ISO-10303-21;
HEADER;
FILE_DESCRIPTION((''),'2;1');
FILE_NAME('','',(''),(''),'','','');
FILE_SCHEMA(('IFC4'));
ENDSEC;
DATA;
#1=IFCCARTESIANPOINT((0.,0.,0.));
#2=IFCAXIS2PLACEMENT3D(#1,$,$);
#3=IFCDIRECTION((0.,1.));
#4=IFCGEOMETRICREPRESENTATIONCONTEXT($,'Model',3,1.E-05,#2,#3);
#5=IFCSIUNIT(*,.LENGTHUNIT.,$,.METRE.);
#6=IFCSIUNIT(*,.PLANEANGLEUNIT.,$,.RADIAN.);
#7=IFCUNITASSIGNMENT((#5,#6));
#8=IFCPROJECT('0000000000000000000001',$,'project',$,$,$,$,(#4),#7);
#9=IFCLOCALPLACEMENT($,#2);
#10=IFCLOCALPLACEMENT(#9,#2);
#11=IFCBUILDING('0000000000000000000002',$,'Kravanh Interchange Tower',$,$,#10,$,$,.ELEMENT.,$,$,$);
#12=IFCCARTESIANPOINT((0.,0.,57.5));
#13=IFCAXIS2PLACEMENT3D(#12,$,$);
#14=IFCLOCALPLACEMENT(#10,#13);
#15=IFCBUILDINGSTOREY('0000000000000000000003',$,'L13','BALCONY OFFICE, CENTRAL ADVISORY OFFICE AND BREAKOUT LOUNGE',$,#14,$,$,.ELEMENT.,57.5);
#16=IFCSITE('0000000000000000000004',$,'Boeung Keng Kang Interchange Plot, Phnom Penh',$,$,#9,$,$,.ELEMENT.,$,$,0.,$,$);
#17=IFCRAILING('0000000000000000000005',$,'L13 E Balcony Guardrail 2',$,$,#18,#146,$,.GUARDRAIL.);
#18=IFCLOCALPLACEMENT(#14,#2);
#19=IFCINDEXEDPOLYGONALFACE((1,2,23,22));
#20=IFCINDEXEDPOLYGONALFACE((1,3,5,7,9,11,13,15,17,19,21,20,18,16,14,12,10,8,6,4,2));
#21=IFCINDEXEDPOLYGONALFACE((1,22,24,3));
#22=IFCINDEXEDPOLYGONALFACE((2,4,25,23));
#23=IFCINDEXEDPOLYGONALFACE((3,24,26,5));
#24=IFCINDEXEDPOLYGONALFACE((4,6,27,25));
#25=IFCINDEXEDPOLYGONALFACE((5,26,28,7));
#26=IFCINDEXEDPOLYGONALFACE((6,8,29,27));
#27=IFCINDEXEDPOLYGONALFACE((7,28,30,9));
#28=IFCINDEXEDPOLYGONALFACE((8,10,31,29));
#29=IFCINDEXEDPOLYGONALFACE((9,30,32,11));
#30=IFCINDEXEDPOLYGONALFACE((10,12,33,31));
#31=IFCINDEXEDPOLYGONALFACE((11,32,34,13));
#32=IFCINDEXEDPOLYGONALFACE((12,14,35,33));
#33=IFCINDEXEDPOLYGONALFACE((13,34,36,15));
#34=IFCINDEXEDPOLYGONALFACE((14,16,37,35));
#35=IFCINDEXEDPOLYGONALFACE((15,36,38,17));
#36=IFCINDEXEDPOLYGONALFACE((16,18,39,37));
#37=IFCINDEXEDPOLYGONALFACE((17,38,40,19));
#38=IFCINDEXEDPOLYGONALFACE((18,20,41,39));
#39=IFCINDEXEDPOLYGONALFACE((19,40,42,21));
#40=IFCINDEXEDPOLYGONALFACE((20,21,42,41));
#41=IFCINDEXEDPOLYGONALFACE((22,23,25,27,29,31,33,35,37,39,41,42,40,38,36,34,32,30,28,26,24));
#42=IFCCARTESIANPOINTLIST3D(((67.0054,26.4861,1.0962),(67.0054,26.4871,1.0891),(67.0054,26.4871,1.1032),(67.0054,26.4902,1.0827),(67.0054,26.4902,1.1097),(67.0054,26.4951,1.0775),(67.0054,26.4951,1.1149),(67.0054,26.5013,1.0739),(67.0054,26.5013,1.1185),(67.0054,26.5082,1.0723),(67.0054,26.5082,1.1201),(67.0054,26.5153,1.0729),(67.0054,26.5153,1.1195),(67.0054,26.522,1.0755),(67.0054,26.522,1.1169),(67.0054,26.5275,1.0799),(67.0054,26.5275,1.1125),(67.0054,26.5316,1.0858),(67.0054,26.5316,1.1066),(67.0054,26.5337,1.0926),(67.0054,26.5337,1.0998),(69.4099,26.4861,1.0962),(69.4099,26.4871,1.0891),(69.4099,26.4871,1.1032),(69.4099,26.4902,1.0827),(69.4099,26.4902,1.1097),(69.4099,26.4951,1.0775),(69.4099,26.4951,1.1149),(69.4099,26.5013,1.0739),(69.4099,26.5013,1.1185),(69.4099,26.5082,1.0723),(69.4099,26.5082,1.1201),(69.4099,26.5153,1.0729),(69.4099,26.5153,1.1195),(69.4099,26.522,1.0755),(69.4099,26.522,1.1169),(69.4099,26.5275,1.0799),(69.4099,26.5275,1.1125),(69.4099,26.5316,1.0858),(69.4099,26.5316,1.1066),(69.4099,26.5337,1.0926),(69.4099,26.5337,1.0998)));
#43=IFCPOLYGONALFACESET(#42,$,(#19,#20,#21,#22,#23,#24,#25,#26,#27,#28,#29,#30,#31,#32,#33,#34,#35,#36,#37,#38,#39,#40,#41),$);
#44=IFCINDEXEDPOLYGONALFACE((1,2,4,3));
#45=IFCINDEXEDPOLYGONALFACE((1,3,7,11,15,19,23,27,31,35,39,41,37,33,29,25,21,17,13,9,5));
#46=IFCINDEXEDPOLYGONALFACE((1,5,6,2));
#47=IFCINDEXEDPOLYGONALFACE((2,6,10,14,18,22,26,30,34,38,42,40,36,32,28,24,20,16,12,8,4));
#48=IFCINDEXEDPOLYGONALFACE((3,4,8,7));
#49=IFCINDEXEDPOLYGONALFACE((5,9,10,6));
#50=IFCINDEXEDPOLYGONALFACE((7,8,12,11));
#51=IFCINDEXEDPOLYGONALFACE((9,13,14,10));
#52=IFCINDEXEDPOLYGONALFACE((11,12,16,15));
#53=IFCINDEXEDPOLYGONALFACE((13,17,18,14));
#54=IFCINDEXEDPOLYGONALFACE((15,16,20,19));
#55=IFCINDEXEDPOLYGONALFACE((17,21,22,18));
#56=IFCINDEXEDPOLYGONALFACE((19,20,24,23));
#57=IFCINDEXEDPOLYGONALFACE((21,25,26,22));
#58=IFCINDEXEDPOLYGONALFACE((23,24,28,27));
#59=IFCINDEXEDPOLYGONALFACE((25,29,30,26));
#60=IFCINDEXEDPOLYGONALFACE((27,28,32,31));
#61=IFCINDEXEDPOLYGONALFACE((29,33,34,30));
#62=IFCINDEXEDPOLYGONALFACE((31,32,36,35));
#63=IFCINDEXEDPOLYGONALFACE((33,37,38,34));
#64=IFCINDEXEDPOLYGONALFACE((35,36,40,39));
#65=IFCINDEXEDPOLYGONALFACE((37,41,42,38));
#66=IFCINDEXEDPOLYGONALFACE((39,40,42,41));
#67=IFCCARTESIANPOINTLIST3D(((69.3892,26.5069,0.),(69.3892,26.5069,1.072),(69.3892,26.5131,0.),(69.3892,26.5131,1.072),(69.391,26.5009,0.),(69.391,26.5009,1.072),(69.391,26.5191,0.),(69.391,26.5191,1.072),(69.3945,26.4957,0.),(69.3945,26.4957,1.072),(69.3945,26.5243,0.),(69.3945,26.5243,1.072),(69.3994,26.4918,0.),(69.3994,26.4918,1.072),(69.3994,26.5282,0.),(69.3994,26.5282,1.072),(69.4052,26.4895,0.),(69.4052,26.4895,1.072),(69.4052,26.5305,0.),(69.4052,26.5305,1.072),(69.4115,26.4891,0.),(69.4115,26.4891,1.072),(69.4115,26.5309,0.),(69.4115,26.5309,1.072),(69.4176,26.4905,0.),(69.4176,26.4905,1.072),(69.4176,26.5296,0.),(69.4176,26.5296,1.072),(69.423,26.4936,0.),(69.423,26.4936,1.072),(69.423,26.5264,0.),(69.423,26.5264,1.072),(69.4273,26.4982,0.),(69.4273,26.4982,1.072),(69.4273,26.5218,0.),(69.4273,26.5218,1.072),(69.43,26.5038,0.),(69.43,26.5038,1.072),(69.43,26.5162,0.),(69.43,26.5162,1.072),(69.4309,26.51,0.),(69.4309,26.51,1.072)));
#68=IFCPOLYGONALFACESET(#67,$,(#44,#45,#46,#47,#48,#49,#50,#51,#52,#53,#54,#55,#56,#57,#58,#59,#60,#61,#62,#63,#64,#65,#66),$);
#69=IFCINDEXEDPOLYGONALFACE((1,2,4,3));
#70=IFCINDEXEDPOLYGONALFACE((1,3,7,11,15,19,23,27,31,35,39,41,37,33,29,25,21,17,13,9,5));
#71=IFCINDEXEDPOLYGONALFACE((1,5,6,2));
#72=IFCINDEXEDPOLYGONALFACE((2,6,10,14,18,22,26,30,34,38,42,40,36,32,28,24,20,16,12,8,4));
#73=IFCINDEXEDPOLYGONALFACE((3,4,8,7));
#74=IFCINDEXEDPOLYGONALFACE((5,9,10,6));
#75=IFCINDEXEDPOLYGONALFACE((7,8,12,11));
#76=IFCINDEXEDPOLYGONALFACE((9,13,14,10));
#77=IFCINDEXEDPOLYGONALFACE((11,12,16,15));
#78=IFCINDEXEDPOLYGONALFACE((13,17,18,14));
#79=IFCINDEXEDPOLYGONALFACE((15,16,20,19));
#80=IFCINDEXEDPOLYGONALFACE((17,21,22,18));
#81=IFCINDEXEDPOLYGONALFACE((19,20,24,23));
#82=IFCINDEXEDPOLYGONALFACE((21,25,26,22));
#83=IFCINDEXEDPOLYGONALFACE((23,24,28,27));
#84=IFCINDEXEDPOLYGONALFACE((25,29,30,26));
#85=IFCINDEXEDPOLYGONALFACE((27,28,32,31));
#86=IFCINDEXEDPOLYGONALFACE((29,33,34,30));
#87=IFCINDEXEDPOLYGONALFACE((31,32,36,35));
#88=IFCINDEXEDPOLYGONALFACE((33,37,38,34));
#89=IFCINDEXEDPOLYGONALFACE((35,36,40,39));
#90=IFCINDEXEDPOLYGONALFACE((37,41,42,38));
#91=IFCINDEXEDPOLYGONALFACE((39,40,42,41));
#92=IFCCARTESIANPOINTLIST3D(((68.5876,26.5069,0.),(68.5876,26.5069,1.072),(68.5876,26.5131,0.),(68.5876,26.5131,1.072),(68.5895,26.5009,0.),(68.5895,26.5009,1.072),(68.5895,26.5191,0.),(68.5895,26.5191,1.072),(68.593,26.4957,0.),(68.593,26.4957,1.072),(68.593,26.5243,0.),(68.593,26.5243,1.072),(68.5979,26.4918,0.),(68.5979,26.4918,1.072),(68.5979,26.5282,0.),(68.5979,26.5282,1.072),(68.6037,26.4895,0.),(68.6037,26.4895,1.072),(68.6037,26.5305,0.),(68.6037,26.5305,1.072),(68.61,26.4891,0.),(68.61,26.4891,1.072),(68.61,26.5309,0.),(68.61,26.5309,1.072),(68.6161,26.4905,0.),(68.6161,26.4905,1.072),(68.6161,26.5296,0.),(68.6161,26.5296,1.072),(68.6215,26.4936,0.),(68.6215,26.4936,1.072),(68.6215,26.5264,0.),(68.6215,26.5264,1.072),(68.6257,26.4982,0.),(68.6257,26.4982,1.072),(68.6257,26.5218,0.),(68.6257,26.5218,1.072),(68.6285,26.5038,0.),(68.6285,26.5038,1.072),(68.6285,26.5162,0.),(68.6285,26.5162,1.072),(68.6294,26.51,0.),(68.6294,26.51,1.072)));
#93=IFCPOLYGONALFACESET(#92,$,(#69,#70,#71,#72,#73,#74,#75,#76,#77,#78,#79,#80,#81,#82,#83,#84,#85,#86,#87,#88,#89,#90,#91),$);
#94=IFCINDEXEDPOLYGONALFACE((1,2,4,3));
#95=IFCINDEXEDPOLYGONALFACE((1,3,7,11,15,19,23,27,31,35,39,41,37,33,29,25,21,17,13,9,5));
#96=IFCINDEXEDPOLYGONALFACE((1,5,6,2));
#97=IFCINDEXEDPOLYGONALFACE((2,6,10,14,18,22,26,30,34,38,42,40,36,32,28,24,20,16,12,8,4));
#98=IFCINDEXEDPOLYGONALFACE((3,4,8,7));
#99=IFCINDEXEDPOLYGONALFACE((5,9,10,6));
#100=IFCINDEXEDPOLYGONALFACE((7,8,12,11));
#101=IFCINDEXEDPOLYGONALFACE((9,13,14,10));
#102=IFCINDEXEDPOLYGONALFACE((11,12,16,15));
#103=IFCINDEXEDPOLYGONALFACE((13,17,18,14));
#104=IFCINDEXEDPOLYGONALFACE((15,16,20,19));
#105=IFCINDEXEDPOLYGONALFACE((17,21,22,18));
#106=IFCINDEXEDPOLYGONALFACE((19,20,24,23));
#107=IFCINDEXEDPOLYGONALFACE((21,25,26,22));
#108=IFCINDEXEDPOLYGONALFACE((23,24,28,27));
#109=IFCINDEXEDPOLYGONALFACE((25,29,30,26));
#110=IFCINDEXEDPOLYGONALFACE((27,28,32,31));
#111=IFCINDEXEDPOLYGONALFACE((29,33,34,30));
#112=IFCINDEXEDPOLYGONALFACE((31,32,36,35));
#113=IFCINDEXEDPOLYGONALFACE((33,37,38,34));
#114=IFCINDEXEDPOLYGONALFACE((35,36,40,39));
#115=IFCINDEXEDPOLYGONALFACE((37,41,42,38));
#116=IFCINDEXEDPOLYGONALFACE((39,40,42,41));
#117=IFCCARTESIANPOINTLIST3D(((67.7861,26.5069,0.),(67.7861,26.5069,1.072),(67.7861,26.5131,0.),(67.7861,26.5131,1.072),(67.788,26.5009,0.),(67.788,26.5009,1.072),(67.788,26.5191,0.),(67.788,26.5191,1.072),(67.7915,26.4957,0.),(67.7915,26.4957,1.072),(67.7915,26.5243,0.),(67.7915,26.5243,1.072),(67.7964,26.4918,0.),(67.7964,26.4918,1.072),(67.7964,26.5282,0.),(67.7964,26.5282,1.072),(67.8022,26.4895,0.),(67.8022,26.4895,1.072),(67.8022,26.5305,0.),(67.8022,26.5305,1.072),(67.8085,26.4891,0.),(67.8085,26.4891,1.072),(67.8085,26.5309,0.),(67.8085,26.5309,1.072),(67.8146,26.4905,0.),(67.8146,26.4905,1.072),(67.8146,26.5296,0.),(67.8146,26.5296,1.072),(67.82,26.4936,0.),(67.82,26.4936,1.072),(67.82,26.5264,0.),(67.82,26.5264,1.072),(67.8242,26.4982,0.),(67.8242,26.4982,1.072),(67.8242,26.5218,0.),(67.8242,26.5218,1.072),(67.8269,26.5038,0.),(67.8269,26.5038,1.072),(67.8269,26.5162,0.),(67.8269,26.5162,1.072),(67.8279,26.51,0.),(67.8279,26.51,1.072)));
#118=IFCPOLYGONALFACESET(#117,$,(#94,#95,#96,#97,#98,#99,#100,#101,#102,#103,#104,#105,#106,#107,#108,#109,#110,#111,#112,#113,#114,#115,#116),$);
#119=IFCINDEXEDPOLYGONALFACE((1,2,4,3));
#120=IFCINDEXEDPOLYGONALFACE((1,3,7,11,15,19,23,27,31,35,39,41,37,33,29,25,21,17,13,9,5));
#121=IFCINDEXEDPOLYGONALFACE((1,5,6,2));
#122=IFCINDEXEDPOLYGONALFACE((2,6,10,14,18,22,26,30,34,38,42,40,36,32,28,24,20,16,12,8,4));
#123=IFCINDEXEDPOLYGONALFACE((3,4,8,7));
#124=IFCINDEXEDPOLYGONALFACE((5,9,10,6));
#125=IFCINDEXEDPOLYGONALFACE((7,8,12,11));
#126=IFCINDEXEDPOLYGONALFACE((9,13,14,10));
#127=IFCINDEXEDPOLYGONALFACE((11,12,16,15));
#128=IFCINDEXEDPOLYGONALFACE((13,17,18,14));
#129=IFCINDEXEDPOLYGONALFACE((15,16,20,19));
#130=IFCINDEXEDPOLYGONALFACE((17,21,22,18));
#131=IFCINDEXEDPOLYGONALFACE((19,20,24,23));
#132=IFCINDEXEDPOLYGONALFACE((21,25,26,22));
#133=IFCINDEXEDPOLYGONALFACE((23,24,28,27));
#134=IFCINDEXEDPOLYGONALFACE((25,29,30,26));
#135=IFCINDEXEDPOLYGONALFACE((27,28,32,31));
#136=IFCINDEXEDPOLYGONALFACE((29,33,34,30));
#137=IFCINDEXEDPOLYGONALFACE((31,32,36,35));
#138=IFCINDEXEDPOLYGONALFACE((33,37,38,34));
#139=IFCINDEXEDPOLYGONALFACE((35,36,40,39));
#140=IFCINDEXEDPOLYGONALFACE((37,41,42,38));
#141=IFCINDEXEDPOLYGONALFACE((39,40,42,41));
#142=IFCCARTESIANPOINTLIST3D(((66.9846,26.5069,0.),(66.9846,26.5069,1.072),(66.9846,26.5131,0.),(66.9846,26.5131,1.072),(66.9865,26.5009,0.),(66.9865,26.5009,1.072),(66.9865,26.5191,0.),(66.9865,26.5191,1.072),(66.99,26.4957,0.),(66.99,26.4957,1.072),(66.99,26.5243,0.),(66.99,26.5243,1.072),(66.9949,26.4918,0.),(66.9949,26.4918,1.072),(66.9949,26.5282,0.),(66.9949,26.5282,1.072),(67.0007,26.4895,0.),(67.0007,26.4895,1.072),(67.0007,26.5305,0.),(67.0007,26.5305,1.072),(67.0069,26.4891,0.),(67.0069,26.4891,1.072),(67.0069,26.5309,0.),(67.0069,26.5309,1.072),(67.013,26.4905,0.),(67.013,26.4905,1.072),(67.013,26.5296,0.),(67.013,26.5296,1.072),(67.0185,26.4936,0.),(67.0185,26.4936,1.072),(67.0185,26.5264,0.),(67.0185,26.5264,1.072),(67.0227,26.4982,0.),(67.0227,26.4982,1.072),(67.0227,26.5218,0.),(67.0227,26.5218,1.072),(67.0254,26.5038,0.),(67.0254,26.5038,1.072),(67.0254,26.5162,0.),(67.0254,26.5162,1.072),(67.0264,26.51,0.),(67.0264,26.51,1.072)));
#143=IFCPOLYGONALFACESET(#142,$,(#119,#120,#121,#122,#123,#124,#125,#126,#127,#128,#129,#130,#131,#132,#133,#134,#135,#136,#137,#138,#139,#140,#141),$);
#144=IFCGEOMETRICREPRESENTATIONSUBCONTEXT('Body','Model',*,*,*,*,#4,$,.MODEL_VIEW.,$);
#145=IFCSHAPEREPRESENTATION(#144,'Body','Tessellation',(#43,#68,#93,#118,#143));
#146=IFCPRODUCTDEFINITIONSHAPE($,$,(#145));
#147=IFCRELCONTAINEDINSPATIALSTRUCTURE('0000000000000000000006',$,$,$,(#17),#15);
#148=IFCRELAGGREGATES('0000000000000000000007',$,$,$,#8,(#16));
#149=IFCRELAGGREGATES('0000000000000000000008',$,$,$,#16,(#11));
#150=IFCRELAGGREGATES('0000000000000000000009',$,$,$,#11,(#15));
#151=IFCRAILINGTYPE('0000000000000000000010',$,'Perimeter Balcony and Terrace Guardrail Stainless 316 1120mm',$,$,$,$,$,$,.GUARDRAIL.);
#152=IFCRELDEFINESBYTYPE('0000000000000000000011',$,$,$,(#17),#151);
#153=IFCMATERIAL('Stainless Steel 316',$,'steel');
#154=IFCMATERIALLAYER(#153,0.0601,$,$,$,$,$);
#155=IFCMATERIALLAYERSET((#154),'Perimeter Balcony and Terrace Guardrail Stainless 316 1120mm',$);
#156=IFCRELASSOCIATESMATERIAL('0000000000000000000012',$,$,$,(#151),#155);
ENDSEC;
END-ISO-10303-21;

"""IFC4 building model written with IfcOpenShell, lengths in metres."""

from ifc_helpers import new_model, si_unit, direction, frame, origin, origin_2d, place, context, subcontext, project, spatial, circle, extrude, material, layer, layer_set, type_object, element, save


model = new_model("IFC4")

# Units and contexts
model_context = context("Model", 3, precision=1e-05, world=origin(), true_north=direction((0.0, 1.0)))
body_context = subcontext(model_context, "Body", "Model", "MODEL_VIEW")
ifc_project = project(units=[si_unit("LENGTHUNIT", "METRE"), si_unit("PLANEANGLEUNIT", "RADIAN")], contexts=[model_context])

# Site, building, storey
site_placement = place(None, origin())
site = spatial("IfcSite", under=ifc_project, at=site_placement, Name="Boeung Keng Kang Interchange Plot, Phnom Penh", CompositionType="ELEMENT", RefElevation=0.0)
building_placement = place(site_placement, origin())
building = spatial("IfcBuilding", under=site, at=building_placement, Name="Kravanh Interchange Tower", CompositionType="ELEMENT")
storey_placement = place(building_placement, frame((0.0, 0.0, 57.5)))
storey = spatial("IfcBuildingStorey", under=building, at=storey_placement, Name="L13", Description="BALCONY OFFICE, CENTRAL ADVISORY OFFICE AND BREAKOUT LOUNGE", CompositionType="ELEMENT", Elevation=57.5)

# Railing
ifc_material_1 = material(Name="Stainless Steel 316", Category="steel")
ifc_layer_1 = layer(ifc_material_1, 0.0601)
ifc_layer_set_1 = layer_set([ifc_layer_1], Name="Perimeter Balcony and Terrace Guardrail Stainless 316 1120mm")
railing_type = type_object("IfcRailingType", Name="Perimeter Balcony and Terrace Guardrail Stainless 316 1120mm", PredefinedType="GUARDRAIL", material=ifc_layer_set_1)
railing_placement = place(storey_placement, frame((69.4099, 26.51, 0.0)))
element("IfcRailing", 1, at=railing_placement, inside=storey, type_object=railing_type, Name="L13 E Balcony Guardrail 2", PredefinedType="GUARDRAIL", context=body_context, shape_type="SweptSolid", body=[
    extrude(circle(Radius=0.0239, at=origin_2d()), frame((0.0, 0.0, 1.0962), z_axis=(-1.0, 0.0, 0.0), x_axis=(0.0, -1.0, 0.0)), (0.0, 0.0, 1.0), 2.4045),
    extrude(circle(Radius=0.021, at=origin_2d()), origin(), (0.0, 0.0, 1.0), 1.072),
    extrude(circle(Radius=0.021, at=origin_2d()), frame((-0.8015, 0.0, 0.0)), (0.0, 0.0, 1.0), 1.072),
    extrude(circle(Radius=0.021, at=origin_2d()), frame((-1.603, 0.0, 0.0)), (0.0, 0.0, 1.0), 1.072),
    extrude(circle(Radius=0.021, at=origin_2d()), frame((-2.4045, 0.0, 0.0)), (0.0, 0.0, 1.0), 1.072),
])

save(model, "model.ifc")
